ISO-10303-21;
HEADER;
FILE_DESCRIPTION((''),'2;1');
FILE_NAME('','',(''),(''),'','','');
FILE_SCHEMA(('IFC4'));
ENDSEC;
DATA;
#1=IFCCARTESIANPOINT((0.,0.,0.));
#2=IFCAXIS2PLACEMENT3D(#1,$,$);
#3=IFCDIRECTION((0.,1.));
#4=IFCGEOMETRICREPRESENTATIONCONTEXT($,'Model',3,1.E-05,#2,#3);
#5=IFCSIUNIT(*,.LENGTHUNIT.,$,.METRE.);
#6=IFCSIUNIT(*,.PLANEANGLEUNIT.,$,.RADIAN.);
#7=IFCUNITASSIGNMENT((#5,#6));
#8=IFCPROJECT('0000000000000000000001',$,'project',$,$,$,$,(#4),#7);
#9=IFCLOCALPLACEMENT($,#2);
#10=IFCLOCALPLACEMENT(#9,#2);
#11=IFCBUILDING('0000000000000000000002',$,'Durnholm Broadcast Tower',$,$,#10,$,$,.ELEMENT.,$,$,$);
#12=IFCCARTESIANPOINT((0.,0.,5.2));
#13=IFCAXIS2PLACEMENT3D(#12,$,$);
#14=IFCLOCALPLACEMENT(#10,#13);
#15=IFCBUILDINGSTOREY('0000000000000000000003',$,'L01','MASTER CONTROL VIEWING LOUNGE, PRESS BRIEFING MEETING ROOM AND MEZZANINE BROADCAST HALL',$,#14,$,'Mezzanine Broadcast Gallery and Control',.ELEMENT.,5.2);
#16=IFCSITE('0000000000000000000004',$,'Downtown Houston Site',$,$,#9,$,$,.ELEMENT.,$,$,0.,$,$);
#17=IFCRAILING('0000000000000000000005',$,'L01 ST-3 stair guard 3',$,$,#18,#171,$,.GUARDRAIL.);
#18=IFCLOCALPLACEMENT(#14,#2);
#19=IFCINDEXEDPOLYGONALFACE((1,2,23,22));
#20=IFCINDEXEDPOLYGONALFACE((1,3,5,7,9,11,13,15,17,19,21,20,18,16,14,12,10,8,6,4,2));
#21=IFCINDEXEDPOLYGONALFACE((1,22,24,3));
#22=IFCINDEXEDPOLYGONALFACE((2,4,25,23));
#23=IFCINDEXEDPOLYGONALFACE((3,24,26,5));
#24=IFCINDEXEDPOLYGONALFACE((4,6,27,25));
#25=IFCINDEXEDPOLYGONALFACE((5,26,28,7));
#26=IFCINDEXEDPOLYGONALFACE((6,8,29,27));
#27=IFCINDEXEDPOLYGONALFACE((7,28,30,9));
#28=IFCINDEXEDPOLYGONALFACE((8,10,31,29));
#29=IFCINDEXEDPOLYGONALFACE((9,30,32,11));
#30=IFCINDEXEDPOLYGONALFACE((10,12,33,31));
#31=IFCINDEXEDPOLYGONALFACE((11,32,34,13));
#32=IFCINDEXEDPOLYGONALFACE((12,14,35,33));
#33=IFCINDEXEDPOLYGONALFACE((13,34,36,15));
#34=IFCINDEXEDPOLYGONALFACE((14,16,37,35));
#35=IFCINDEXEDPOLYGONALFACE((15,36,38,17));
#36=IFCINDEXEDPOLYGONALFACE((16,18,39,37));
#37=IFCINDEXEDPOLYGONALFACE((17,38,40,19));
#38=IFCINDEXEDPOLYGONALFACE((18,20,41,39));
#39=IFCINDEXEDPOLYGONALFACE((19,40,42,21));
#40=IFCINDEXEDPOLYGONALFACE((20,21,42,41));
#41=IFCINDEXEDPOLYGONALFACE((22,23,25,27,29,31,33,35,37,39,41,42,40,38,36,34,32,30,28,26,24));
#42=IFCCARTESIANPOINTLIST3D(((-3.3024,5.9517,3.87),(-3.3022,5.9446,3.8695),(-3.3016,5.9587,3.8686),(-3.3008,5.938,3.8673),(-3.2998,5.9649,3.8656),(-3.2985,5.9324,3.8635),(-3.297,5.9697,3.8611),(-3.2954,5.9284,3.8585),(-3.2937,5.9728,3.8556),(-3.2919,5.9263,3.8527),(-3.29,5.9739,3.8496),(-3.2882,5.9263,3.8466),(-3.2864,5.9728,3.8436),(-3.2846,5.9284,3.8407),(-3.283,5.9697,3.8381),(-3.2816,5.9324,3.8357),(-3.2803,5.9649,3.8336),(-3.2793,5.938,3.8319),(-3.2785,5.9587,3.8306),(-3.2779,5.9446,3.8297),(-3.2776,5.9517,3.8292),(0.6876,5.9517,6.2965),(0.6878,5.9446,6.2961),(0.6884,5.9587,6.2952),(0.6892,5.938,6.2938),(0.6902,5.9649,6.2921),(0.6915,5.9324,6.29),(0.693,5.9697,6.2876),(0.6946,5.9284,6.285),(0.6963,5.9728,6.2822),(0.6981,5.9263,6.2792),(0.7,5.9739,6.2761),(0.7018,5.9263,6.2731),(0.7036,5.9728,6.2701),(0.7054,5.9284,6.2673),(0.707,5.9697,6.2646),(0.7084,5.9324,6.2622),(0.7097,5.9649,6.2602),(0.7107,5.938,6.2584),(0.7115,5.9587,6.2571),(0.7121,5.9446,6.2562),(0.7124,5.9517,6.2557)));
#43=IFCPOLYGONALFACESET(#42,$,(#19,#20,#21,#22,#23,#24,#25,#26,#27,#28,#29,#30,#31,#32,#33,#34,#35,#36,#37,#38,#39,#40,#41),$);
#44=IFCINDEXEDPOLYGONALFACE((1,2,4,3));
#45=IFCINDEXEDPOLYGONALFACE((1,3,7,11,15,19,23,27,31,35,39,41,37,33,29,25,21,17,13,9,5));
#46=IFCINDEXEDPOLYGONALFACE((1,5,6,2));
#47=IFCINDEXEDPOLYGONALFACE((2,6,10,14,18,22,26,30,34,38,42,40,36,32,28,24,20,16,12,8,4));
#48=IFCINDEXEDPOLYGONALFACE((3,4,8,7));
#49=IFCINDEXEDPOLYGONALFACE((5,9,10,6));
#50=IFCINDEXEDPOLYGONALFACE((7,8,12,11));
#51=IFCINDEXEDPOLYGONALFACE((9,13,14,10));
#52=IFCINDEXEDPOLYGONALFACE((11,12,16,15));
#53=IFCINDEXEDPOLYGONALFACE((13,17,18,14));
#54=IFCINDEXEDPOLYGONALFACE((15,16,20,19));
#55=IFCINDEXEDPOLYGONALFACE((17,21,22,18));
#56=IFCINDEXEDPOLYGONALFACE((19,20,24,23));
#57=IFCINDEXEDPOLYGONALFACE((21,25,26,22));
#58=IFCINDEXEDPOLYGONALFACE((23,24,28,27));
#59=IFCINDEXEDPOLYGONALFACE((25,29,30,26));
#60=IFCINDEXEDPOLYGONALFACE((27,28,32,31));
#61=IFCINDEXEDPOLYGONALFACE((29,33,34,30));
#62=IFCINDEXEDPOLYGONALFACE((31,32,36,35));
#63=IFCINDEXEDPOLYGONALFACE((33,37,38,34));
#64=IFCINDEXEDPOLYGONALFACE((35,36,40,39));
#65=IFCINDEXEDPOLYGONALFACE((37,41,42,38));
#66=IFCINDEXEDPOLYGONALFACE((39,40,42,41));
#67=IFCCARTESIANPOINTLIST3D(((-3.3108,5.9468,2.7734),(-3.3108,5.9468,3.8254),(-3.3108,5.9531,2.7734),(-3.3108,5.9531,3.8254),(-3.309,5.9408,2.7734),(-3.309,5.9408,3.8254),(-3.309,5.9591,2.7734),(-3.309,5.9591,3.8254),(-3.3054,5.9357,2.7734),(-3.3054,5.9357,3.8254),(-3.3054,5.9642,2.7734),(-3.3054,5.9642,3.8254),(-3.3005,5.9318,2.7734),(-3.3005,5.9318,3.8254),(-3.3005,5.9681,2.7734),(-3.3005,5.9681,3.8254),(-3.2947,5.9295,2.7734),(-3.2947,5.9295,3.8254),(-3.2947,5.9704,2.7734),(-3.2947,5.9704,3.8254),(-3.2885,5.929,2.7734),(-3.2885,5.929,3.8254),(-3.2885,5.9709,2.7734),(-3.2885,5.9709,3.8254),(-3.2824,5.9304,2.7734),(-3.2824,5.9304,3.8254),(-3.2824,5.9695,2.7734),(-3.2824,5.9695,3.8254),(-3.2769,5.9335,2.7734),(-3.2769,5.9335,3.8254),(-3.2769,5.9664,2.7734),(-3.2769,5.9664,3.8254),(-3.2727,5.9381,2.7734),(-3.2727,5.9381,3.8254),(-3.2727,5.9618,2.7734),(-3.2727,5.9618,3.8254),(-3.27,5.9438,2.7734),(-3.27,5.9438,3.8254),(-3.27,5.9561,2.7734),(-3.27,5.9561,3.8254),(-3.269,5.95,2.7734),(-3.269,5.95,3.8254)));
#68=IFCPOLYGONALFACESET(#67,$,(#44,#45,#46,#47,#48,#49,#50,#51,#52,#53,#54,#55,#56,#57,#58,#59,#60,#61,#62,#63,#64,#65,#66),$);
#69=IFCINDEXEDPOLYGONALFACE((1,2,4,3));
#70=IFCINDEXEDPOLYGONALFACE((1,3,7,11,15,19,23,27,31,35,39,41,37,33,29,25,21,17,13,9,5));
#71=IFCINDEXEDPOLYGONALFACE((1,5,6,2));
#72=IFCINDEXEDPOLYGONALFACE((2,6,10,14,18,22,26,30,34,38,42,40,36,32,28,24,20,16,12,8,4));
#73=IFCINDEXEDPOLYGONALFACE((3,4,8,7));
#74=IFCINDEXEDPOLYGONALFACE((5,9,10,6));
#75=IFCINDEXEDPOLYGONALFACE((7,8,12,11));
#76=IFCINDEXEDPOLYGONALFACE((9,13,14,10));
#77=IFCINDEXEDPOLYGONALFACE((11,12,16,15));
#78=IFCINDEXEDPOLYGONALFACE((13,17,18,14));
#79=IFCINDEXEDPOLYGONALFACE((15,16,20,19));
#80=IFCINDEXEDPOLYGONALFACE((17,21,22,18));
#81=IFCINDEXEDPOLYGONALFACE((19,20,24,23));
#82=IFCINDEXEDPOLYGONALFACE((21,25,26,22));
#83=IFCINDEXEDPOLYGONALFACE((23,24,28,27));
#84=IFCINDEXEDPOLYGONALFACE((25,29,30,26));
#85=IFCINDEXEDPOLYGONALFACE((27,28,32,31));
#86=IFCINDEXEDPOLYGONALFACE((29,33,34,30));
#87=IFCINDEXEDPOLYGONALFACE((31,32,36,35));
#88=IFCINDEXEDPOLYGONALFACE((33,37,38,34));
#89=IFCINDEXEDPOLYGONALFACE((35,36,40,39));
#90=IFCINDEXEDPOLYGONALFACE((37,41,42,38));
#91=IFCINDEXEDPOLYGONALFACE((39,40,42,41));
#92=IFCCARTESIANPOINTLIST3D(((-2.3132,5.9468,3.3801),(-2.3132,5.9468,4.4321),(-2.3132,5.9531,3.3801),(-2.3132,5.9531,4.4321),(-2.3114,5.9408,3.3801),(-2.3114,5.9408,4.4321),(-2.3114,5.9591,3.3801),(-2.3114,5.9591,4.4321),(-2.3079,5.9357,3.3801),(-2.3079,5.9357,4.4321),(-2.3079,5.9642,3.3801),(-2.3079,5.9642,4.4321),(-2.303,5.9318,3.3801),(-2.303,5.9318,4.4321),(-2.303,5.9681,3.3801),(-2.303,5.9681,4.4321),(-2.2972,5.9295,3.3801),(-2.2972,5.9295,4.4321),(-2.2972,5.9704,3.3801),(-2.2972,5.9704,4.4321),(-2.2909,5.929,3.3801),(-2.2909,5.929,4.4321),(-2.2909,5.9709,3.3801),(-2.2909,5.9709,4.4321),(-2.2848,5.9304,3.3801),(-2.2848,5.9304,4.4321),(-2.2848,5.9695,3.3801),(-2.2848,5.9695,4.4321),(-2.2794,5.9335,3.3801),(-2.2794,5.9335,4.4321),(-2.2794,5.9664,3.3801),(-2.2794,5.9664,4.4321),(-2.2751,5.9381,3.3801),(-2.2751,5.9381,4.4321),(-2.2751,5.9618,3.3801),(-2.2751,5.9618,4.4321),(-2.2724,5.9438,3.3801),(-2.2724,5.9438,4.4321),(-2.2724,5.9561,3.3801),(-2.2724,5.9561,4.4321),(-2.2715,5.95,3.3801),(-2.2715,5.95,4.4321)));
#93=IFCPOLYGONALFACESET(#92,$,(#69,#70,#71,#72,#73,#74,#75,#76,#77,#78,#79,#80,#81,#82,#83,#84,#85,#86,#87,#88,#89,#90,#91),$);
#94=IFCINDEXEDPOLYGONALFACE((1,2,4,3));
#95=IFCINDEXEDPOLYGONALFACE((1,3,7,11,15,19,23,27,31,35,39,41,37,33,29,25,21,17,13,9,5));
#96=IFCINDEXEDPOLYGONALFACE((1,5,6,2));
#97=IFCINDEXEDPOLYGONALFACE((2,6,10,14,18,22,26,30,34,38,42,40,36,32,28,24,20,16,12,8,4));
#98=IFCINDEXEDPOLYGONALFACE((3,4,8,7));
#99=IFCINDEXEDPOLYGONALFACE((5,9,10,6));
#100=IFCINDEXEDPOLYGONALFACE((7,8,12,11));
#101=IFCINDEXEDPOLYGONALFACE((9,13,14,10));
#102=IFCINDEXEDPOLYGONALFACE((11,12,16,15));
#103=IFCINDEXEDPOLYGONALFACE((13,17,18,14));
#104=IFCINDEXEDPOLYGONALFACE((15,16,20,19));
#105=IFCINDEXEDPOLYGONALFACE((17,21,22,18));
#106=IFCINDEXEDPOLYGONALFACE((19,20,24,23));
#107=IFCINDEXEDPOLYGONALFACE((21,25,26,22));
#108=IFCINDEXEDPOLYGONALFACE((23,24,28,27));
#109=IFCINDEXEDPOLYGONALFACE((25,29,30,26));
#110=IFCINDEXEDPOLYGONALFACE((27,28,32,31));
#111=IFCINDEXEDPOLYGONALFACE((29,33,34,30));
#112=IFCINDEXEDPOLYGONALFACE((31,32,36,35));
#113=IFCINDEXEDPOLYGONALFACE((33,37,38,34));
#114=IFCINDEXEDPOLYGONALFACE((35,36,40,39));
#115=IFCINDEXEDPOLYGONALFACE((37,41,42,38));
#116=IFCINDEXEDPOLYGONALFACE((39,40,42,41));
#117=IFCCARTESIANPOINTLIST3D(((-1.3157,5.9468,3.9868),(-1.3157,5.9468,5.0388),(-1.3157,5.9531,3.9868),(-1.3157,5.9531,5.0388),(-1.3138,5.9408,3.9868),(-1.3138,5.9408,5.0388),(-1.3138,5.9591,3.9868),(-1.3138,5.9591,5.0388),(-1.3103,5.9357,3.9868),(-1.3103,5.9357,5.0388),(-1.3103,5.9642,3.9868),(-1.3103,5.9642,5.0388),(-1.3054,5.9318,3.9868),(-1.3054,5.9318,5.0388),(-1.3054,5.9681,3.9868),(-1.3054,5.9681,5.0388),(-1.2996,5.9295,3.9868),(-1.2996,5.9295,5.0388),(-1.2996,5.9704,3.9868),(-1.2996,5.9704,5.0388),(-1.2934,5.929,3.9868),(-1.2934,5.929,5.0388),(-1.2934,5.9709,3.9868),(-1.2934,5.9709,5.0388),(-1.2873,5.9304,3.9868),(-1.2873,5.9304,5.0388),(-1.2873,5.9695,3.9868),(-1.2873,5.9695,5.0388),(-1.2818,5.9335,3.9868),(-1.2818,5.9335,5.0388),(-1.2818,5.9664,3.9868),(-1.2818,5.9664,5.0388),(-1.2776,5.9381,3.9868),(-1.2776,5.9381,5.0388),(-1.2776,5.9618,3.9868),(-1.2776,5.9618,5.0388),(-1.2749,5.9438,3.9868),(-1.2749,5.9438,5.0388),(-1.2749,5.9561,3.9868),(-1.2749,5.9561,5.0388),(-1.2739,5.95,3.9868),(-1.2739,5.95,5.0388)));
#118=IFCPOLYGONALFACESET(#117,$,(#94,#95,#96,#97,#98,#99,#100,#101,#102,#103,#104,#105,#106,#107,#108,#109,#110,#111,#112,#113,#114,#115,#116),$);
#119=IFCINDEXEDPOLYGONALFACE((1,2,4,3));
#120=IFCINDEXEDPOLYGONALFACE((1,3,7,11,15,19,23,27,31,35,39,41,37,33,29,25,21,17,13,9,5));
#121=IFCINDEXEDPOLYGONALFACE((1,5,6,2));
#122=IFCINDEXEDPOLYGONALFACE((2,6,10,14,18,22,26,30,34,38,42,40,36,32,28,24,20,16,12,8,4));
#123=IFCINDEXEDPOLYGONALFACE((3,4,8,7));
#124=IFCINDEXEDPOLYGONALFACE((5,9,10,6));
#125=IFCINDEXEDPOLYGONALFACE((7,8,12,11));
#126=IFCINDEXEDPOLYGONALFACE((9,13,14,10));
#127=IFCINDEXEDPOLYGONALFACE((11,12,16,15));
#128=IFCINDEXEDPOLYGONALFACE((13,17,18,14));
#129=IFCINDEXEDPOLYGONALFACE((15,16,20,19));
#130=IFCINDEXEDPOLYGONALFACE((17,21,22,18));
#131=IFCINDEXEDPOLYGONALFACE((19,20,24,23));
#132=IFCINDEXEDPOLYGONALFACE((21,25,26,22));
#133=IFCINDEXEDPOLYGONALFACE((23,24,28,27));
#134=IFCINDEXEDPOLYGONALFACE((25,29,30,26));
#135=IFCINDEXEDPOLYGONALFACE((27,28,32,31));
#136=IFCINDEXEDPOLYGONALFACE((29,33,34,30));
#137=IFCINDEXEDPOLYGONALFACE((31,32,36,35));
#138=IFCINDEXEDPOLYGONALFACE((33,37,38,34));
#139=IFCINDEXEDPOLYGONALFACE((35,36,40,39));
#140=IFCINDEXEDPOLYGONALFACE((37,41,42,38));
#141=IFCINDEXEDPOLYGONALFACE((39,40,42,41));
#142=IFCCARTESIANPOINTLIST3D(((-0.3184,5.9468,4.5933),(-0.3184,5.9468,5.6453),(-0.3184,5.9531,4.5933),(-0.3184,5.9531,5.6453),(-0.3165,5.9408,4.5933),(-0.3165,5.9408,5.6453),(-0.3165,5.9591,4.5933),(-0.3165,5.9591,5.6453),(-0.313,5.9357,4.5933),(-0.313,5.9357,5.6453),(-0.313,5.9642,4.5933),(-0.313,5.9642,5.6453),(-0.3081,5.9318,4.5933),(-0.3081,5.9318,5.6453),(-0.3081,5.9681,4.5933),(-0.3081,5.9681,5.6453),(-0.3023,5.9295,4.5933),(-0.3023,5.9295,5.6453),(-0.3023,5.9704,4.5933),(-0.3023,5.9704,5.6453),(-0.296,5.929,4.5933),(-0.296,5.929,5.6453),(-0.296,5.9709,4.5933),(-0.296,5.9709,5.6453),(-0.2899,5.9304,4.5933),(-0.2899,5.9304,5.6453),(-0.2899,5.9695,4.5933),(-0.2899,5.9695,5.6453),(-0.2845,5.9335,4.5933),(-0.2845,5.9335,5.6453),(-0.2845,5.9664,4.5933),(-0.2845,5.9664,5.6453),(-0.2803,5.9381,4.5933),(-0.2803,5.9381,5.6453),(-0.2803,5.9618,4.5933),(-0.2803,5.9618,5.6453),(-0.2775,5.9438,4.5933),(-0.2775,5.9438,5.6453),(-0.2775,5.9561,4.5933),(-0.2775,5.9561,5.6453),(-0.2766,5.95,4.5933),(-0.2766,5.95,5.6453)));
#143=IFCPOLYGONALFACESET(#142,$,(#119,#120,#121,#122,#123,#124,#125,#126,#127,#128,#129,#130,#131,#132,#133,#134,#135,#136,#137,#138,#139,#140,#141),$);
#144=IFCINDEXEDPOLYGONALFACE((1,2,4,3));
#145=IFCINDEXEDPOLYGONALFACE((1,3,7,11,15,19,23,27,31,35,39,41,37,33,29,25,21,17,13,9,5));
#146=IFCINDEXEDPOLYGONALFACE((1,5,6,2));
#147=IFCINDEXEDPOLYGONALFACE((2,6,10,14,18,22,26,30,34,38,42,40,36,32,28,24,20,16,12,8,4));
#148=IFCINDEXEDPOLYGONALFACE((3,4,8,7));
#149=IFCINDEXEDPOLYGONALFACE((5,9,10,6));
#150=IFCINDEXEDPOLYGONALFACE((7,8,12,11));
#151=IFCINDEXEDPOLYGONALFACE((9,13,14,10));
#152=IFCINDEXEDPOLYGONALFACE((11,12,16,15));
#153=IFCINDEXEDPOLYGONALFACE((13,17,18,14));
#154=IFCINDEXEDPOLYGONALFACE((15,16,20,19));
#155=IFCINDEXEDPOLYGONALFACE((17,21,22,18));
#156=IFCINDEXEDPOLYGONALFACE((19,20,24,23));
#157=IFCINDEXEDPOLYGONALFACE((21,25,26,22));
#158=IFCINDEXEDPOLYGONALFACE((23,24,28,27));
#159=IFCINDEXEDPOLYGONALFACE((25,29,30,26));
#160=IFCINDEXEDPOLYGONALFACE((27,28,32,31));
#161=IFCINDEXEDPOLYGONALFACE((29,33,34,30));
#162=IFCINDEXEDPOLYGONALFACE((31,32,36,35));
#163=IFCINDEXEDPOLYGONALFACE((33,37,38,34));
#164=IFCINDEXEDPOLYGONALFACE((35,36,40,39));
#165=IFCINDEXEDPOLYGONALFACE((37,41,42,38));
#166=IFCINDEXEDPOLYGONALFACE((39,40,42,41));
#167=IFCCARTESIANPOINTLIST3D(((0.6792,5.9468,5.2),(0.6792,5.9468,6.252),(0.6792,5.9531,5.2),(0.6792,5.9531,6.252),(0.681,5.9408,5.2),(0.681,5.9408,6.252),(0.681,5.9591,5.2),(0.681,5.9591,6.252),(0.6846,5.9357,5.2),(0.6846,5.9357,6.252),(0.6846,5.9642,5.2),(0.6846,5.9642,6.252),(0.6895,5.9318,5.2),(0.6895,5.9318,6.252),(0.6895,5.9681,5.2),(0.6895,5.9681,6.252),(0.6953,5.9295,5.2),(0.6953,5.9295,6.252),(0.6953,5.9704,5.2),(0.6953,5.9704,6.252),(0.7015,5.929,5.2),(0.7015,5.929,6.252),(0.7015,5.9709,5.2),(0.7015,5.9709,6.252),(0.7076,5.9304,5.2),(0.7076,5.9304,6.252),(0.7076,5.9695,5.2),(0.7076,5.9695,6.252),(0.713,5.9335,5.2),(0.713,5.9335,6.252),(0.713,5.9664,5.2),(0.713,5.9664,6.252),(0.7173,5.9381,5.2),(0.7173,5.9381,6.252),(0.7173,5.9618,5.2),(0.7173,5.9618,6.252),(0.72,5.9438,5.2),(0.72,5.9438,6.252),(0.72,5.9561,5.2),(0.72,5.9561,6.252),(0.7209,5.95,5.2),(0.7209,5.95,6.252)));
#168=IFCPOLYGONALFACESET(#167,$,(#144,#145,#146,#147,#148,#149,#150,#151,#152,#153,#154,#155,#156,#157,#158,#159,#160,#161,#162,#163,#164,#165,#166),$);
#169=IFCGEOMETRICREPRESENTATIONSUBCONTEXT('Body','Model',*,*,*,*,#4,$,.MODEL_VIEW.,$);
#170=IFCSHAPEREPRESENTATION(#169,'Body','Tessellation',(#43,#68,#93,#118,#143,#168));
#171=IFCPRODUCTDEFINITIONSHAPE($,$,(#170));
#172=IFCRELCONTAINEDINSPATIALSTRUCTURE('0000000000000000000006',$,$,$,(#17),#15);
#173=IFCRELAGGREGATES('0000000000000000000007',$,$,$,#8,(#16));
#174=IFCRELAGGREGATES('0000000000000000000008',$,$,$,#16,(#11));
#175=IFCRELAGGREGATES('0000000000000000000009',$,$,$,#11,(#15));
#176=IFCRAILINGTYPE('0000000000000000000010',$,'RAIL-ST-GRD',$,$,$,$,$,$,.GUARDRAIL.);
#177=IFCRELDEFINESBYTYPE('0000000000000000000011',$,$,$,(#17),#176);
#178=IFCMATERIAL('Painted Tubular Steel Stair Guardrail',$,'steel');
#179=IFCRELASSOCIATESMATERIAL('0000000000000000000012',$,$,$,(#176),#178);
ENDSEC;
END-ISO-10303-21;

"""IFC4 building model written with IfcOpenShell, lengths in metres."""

from ifc_helpers import new_model, si_unit, direction, frame, origin, origin_2d, place, context, subcontext, project, spatial, circle, extrude, material, type_object, element, save


model = new_model("IFC4")

# Units and contexts
model_context = context("Model", 3, precision=1e-05, world=origin(), true_north=direction((0.0, 1.0)))
body_context = subcontext(model_context, "Body", "Model", "MODEL_VIEW")
ifc_project = project(units=[si_unit("LENGTHUNIT", "METRE"), si_unit("PLANEANGLEUNIT", "RADIAN")], contexts=[model_context])

# Site, building, storey
site_placement = place(None, origin())
site = spatial("IfcSite", under=ifc_project, at=site_placement, Name="Downtown Houston Site", CompositionType="ELEMENT", RefElevation=0.0)
building_placement = place(site_placement, origin())
building = spatial("IfcBuilding", under=site, at=building_placement, Name="Durnholm Broadcast Tower", CompositionType="ELEMENT")
storey_placement = place(building_placement, frame((0.0, 0.0, 5.2)))
storey = spatial("IfcBuildingStorey", under=building, at=storey_placement, Name="L01", Description="MASTER CONTROL VIEWING LOUNGE, PRESS BRIEFING MEETING ROOM AND MEZZANINE BROADCAST HALL", LongName="Mezzanine Broadcast Gallery and Control", CompositionType="ELEMENT", Elevation=5.2)

# Railing
ifc_material_1 = material(Name="Painted Tubular Steel Stair Guardrail", Category="steel")
railing_type = type_object("IfcRailingType", Name="RAIL-ST-GRD", PredefinedType="GUARDRAIL", material=ifc_material_1)
railing_1_placement = place(storey_placement, frame((-3.29, 5.95, 2.7734)))
element("IfcRailing", 1, at=railing_1_placement, inside=storey, type_object=railing_type, Name="L01 ST-3 stair guard 3", PredefinedType="GUARDRAIL", context=body_context, shape_type="SweptSolid", body=[
    extrude(circle(Radius=0.0239, at=origin_2d()), frame((0.0, 0.0, 1.0762), z_axis=(0.854405, 0.0, 0.519607), x_axis=(0.0, 1.0, 0.0)), (0.0, 0.0, 1.0), 4.6699),
    extrude(circle(Radius=0.021, at=origin_2d()), origin(), (0.0, 0.0, 1.0), 1.052),
    extrude(circle(Radius=0.021, at=origin_2d()), frame((0.9976, 0.0, 0.6067)), (0.0, 0.0, 1.0), 1.052),
    extrude(circle(Radius=0.021, at=origin_2d()), frame((1.9951, 0.0, 1.2134)), (0.0, 0.0, 1.0), 1.052),
    extrude(circle(Radius=0.021, at=origin_2d()), frame((2.9924, 0.0, 1.8198)), (0.0, 0.0, 1.0), 1.052),
    extrude(circle(Radius=0.021, at=origin_2d()), frame((3.99, 0.0, 2.4265)), (0.0, 0.0, 1.0), 1.052),
])

save(model, "model.ifc")
